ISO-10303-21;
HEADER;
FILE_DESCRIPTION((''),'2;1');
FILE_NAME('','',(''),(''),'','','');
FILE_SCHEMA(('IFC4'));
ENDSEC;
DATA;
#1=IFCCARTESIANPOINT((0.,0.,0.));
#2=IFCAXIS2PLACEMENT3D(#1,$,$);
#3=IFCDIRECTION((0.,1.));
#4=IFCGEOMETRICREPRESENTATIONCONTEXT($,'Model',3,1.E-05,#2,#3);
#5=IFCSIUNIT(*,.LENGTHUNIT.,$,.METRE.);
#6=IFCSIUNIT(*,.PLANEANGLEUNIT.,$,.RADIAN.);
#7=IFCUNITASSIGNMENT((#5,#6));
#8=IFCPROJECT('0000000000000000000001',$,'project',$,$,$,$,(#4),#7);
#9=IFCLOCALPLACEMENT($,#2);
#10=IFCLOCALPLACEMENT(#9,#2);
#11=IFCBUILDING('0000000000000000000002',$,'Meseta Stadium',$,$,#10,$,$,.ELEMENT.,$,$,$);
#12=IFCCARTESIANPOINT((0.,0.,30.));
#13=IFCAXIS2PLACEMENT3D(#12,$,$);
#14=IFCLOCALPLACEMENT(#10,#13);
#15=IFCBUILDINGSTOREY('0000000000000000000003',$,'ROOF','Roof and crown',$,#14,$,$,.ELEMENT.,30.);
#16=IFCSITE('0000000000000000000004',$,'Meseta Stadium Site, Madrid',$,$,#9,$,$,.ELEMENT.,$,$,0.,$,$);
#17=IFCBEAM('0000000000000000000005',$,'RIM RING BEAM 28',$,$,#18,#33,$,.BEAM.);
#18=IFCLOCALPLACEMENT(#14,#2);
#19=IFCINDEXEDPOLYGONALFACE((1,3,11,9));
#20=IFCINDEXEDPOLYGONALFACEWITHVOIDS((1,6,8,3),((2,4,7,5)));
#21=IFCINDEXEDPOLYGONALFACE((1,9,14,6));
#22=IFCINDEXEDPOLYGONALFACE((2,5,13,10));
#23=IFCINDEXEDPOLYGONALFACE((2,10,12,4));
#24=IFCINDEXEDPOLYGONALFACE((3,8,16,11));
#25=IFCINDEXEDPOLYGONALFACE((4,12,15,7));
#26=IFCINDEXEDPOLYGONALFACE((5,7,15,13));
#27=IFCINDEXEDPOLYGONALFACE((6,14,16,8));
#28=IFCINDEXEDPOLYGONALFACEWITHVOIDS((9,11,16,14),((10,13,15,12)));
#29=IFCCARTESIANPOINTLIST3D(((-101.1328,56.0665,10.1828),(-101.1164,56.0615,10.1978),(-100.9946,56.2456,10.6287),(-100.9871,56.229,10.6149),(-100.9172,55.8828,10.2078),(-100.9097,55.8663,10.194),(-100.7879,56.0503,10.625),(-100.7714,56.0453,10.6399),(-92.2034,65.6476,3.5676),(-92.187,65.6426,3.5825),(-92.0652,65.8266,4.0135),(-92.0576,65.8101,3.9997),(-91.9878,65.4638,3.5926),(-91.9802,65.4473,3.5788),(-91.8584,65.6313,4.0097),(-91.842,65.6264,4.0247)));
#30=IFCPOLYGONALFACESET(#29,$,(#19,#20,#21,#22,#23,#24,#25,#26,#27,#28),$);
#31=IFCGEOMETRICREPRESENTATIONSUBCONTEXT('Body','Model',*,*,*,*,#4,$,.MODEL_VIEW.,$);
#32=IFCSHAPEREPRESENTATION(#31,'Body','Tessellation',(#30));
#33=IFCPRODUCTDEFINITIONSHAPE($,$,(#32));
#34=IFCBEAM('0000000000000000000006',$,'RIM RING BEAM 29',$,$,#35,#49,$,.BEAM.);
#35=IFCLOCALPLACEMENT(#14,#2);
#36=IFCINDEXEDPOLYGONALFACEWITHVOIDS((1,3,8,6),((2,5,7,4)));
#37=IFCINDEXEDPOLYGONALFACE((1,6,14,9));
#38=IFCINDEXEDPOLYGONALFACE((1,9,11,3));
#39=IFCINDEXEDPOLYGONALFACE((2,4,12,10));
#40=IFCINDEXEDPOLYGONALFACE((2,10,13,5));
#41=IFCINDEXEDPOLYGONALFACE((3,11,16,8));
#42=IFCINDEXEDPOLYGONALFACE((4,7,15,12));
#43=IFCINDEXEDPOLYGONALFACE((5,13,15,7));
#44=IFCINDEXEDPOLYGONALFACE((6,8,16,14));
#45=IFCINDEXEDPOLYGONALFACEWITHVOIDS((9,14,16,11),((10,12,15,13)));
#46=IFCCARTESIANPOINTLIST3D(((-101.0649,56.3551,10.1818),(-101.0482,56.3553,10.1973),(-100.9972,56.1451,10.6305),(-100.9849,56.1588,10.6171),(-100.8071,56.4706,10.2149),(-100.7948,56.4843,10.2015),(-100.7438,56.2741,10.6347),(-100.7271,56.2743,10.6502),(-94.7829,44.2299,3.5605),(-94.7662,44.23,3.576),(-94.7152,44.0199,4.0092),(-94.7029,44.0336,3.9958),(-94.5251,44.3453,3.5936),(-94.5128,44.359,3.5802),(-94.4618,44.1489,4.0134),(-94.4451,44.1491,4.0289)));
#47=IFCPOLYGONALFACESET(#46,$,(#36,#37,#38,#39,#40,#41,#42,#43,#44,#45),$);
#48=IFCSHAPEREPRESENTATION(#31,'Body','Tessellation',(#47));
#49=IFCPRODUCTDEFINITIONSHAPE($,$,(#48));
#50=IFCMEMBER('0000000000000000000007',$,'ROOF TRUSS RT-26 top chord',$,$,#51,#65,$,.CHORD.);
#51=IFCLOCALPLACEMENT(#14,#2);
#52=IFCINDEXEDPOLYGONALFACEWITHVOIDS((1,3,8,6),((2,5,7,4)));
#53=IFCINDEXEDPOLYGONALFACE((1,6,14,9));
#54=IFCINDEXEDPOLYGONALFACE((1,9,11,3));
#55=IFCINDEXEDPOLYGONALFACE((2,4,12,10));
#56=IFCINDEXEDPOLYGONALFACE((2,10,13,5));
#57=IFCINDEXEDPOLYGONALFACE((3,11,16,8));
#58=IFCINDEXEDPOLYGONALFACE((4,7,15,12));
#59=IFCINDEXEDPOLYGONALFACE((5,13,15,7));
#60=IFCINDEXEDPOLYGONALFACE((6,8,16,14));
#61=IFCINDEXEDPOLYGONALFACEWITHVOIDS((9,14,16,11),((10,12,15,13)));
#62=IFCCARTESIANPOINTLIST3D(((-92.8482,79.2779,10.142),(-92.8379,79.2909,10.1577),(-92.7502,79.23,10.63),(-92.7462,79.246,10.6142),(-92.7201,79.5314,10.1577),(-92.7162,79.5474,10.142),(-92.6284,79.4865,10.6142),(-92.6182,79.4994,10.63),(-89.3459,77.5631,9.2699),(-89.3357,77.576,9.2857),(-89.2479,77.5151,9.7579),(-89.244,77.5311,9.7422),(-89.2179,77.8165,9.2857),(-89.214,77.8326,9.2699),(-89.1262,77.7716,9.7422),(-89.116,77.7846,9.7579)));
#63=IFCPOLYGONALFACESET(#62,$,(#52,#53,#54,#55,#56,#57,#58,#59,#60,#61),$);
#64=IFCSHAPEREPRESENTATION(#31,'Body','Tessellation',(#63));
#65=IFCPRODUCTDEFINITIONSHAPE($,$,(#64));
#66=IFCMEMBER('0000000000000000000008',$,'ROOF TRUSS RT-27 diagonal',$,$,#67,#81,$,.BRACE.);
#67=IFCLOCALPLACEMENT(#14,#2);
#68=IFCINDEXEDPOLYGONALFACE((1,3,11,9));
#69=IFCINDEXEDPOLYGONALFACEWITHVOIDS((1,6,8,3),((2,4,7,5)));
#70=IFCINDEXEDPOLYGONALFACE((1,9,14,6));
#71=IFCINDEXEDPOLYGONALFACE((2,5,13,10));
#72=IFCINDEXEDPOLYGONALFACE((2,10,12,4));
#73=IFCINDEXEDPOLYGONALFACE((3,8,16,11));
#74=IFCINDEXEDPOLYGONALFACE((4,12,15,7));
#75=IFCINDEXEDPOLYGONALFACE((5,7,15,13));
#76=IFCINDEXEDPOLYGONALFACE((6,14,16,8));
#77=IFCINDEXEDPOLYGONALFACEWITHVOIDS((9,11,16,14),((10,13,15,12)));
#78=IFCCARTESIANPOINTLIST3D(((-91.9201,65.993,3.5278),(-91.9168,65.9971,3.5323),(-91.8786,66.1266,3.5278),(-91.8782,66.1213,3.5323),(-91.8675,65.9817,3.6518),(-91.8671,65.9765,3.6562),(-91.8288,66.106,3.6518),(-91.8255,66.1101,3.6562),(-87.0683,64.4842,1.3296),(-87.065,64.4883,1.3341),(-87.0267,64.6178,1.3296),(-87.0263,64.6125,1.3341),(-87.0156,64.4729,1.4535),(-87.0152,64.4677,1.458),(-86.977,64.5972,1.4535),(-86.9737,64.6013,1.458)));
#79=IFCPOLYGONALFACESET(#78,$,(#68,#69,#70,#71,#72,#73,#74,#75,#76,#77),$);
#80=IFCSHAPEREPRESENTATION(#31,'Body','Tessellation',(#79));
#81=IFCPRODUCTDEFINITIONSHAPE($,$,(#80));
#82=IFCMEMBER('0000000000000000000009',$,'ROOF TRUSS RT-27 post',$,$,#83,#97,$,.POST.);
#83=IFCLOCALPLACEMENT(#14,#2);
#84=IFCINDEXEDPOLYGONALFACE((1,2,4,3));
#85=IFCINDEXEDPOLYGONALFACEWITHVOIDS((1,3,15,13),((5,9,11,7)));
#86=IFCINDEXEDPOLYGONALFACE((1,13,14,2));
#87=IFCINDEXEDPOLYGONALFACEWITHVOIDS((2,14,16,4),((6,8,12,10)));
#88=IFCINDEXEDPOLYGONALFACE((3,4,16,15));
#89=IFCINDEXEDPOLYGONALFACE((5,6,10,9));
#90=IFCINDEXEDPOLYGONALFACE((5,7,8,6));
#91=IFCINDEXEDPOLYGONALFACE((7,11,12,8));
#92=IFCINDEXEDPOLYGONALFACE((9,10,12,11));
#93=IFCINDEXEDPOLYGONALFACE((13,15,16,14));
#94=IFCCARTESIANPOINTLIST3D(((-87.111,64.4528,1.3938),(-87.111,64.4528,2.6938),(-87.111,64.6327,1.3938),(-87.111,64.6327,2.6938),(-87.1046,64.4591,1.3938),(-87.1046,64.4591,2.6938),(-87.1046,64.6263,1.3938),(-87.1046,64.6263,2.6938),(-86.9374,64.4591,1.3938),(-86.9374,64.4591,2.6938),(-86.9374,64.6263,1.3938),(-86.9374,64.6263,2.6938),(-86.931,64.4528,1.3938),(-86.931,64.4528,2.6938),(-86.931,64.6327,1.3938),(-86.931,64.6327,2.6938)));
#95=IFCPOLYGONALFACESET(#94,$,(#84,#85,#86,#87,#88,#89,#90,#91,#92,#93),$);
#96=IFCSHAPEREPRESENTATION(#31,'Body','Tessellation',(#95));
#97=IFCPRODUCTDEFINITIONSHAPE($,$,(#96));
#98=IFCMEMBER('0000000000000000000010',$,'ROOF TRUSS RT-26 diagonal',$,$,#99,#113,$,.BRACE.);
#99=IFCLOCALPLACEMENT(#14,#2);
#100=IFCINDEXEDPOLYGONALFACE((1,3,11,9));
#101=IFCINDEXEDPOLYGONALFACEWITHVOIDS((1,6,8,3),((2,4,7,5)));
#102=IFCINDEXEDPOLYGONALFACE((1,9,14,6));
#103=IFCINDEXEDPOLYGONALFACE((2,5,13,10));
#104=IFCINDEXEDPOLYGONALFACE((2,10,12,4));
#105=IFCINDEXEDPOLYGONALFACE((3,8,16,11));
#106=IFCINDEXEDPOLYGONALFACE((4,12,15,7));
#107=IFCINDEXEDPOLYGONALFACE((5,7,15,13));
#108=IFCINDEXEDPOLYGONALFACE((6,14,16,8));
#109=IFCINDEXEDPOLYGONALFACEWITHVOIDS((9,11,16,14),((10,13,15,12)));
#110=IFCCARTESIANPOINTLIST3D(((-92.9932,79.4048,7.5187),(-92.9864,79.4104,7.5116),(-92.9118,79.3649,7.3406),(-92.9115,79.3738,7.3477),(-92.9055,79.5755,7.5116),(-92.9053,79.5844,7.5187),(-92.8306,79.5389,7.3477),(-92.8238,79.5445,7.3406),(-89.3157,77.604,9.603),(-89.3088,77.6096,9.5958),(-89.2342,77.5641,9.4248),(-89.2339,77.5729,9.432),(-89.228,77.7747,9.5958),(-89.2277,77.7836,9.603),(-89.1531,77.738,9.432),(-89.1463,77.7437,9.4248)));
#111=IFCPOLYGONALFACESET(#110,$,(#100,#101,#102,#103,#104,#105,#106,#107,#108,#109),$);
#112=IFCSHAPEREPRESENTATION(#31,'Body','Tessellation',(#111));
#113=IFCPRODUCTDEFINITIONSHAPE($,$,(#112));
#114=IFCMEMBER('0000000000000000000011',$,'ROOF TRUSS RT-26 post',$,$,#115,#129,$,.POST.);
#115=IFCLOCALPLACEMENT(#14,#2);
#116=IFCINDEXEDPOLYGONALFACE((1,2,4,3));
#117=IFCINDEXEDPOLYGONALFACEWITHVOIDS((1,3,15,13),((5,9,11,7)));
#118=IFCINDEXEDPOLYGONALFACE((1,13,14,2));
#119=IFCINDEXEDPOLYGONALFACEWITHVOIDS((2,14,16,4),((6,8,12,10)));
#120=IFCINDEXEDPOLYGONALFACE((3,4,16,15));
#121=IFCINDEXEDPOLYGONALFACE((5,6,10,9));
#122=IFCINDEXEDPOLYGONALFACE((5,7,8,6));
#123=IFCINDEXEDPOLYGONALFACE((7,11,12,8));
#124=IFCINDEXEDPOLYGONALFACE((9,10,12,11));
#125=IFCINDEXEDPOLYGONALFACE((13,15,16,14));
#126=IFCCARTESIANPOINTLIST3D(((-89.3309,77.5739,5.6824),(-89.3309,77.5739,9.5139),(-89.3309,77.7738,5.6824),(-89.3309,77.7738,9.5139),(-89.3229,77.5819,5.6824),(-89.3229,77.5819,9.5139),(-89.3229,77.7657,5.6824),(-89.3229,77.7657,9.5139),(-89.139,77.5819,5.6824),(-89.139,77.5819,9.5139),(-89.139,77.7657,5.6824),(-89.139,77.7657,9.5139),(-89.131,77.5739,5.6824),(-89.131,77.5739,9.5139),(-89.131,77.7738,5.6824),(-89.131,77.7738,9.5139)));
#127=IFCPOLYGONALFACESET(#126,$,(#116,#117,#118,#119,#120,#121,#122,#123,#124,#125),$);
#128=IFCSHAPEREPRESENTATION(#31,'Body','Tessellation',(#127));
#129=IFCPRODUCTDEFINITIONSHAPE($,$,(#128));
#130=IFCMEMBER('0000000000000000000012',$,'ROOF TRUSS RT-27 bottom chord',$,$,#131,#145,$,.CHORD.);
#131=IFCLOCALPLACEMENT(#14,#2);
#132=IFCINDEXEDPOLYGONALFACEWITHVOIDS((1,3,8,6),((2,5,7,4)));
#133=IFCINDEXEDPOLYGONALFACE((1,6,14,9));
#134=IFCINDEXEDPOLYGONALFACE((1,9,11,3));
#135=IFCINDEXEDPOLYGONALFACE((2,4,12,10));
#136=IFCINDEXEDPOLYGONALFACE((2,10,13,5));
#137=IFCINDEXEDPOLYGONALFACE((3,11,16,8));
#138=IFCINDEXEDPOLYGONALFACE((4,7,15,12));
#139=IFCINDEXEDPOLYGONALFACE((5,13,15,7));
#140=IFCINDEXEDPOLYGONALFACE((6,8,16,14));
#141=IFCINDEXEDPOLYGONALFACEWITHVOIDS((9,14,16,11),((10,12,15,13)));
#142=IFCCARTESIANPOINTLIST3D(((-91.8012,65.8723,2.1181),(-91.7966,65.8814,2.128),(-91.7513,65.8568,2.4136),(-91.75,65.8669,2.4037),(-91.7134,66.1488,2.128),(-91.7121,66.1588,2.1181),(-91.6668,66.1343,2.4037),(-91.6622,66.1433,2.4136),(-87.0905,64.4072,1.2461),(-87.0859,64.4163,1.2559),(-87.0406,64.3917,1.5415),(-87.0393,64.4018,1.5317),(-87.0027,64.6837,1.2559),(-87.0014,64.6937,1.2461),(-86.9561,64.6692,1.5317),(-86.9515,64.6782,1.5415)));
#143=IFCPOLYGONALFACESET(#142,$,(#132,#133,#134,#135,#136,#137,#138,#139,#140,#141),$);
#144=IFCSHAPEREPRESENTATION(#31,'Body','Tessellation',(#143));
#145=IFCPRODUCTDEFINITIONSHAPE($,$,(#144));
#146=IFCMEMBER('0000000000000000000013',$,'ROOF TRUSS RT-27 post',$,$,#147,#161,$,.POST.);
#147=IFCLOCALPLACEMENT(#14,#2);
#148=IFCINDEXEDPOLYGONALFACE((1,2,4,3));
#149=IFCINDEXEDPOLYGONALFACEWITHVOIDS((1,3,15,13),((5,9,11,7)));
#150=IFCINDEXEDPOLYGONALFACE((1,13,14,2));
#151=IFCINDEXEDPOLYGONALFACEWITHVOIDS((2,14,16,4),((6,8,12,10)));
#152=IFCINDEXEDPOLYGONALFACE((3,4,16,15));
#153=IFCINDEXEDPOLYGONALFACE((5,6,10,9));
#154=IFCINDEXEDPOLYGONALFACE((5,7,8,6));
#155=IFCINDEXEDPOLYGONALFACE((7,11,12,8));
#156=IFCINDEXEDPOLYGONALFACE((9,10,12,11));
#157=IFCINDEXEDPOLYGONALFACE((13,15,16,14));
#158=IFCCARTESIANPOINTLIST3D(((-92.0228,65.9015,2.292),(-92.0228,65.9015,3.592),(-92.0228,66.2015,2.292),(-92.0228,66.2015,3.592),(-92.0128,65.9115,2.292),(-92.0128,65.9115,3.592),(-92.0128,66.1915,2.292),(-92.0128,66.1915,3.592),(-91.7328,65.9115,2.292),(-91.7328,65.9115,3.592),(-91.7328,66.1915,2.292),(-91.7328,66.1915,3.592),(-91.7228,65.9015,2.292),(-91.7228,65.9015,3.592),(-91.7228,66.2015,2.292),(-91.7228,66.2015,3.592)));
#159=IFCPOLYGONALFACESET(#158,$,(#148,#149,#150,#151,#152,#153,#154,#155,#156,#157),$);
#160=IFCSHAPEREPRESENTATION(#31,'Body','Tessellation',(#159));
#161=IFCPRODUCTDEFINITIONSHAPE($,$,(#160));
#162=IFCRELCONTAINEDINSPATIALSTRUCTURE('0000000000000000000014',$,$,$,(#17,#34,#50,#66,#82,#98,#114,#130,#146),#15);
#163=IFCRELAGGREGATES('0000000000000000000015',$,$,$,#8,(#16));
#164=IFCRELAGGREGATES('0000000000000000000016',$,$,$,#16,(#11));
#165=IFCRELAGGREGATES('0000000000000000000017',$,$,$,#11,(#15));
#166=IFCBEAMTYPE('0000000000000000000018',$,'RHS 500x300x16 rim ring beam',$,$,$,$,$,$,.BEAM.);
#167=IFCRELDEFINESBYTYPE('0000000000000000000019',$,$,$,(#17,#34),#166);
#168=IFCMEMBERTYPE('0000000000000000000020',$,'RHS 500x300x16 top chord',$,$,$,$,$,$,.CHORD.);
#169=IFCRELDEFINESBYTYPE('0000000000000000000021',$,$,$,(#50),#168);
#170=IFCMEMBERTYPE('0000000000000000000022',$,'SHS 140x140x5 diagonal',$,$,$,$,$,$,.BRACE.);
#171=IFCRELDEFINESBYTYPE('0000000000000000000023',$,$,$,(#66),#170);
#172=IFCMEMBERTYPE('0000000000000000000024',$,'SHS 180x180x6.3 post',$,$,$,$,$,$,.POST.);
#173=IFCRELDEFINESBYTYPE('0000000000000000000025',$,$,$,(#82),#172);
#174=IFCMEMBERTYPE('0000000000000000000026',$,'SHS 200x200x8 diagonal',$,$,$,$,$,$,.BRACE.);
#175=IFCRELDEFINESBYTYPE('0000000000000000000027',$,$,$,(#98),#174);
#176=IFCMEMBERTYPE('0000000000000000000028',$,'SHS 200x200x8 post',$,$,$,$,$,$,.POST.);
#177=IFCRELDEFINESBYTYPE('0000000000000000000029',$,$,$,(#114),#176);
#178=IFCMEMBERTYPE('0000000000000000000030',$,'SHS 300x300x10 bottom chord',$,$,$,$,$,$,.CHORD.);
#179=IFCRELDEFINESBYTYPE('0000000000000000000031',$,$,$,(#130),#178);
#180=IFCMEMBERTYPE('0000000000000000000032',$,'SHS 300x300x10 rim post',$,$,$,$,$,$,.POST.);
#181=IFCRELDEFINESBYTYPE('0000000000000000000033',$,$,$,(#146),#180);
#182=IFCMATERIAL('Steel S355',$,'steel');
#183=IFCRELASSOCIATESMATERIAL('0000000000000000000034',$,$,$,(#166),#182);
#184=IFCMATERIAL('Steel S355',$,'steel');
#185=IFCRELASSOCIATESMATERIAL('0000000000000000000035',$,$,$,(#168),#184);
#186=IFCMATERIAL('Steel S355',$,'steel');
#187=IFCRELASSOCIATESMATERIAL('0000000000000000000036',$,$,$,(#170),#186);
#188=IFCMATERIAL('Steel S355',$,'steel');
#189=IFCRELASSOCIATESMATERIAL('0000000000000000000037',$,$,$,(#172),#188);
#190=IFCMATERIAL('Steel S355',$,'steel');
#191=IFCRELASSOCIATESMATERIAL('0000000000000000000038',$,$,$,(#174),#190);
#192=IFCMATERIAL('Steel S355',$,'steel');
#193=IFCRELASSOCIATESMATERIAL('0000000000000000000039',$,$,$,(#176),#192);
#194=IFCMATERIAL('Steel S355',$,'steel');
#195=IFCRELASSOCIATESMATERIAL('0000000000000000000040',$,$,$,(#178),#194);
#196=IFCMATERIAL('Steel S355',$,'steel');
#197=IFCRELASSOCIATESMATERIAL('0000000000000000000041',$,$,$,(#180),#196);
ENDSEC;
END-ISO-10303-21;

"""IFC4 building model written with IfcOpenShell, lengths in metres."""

from ifc_helpers import new_model, si_unit, direction, frame, origin, origin_2d, place, context, subcontext, project, spatial, hollow_rectangle, extrude, material, material_profile, profile_set, type_object, element, save


model = new_model("IFC4")

# Units and contexts
model_context = context("Model", 3, precision=1e-05, world=origin(), true_north=direction((0.0, 1.0)))
body_context = subcontext(model_context, "Body", "Model", "MODEL_VIEW")
ifc_project = project(units=[si_unit("LENGTHUNIT", "METRE"), si_unit("PLANEANGLEUNIT", "RADIAN")], contexts=[model_context])

# Site, building, storey
site_placement = place(None, origin())
site = spatial("IfcSite", under=ifc_project, at=site_placement, Name="Meseta Stadium Site, Madrid", CompositionType="ELEMENT", RefElevation=0.0)
building_placement = place(site_placement, origin())
building = spatial("IfcBuilding", under=site, at=building_placement, Name="Meseta Stadium", CompositionType="ELEMENT")
storey_placement = place(building_placement, frame((0.0, 0.0, 30.0)))
storey = spatial("IfcBuildingStorey", under=building, at=storey_placement, Name="ROOF", Description="Roof and crown", CompositionType="ELEMENT", Elevation=30.0)

# Beams
ifc_material_1 = material(Name="Steel S355", Category="steel")
ifc_material_profile_1 = material_profile(ifc_material_1, hollow_rectangle(XDim=0.3, YDim=0.5, WallThickness=0.0161, at=origin_2d()), Name="RHS 500x300x16")
ifc_profile_set_1 = profile_set([ifc_material_profile_1], Name="Steel S355")
beam_type = type_object("IfcBeamType", Name="RHS 500x300x16 rim ring beam", PredefinedType="BEAM", material=ifc_profile_set_1)
beam_1_placement = place(storey_placement, frame((-92.0227, 65.637, 3.7961), z_axis=(-0.608569, -0.652978, 0.450848), x_axis=(0.743784, -0.667373, 0.037405)))
element("IfcBeam", 1, at=beam_1_placement, inside=storey, type_object=beam_type, Name="RIM RING BEAM 28", PredefinedType="BEAM", context=body_context, shape_type="SweptSolid", body=[
    extrude(hollow_rectangle(XDim=0.3, YDim=0.5, WallThickness=0.0161, at=origin_2d()), origin(), (0.0, 0.0, 1.0), 14.6729),
])
beam_2_placement = place(storey_placement, frame((-100.896, 56.3147, 10.416), z_axis=(0.413928, -0.798947, -0.436288), x_axis=(0.900185, 0.430531, 0.065645)))
element("IfcBeam", 2, at=beam_2_placement, inside=storey, type_object=beam_type, Name="RIM RING BEAM 29", PredefinedType="BEAM", context=body_context, shape_type="SweptSolid", body=[
    extrude(hollow_rectangle(XDim=0.3, YDim=0.5, WallThickness=0.0161, at=origin_2d()), origin(), (0.0, 0.0, 1.0), 15.1765),
])

# Members
ifc_material_2 = material(Name="Steel S355", Category="steel")
ifc_material_profile_2 = material_profile(ifc_material_2, hollow_rectangle(XDim=0.3, YDim=0.5, WallThickness=0.0161, at=origin_2d()), Name="RHS 500x300x16")
ifc_profile_set_2 = profile_set([ifc_material_profile_2], Name="Steel S355")
member_type_1 = type_object("IfcMemberType", Name="RHS 500x300x16 top chord", PredefinedType="CHORD", material=ifc_profile_set_2)
member_1_placement = place(storey_placement, frame((-89.231, 77.6738, 9.5139), z_axis=(-0.876465, 0.429159, 0.218246), x_axis=(-0.43976, -0.898115, 0.0)))
element("IfcMember", 3, at=member_1_placement, inside=storey, type_object=member_type_1, Name="ROOF TRUSS RT-26 top chord", PredefinedType="CHORD", context=body_context, shape_type="SweptSolid", body=[
    extrude(hollow_rectangle(XDim=0.3, YDim=0.5, WallThickness=0.0161, at=origin_2d()), origin(), (0.0, 0.0, 1.0), 3.9958),
])
ifc_material_3 = material(Name="Steel S355", Category="steel")
ifc_material_profile_3 = material_profile(ifc_material_3, hollow_rectangle(XDim=0.1399, YDim=0.1399, WallThickness=0.0049, at=origin_2d()), Name="SHS 140x140x5")
ifc_profile_set_3 = profile_set([ifc_material_profile_3], Name="Steel S355")
member_type_2 = type_object("IfcMemberType", Name="SHS 140x140x5 diagonal", PredefinedType="BRACE", material=ifc_profile_set_3)
member_2_placement = place(storey_placement, frame((-87.021, 64.5427, 1.3938), z_axis=(-0.87639, 0.272535, 0.397072), x_axis=(-0.296948, -0.954894, 0.0)))
element("IfcMember", 4, at=member_2_placement, inside=storey, type_object=member_type_2, Name="ROOF TRUSS RT-27 diagonal", PredefinedType="BRACE", context=body_context, shape_type="SweptSolid", body=[
    extrude(hollow_rectangle(XDim=0.1399, YDim=0.1399, WallThickness=0.0049, at=origin_2d()), origin(), (0.0, 0.0, 1.0), 5.5361),
])
ifc_material_4 = material(Name="Steel S355", Category="steel")
ifc_material_profile_4 = material_profile(ifc_material_4, hollow_rectangle(XDim=0.1799, YDim=0.1799, WallThickness=0.0063, at=origin_2d()), Name="SHS 180x180x6.3")
ifc_profile_set_4 = profile_set([ifc_material_profile_4], Name="Steel S355")
member_type_3 = type_object("IfcMemberType", Name="SHS 180x180x6.3 post", PredefinedType="POST", material=ifc_profile_set_4)
member_3_placement = place(storey_placement, frame((-87.021, 64.5427, 1.3938), z_axis=(0.0, 0.0, 1.0), x_axis=(1.0, 0.0, 0.0)))
element("IfcMember", 5, at=member_3_placement, inside=storey, type_object=member_type_3, Name="ROOF TRUSS RT-27 post", PredefinedType="POST", context=body_context, shape_type="SweptSolid", body=[
    extrude(hollow_rectangle(XDim=0.1799, YDim=0.1799, WallThickness=0.0063, at=origin_2d()), origin(), (0.0, 0.0, 1.0), 1.3),
])
ifc_material_5 = material(Name="Steel S355", Category="steel")
ifc_material_profile_5 = material_profile(ifc_material_5, hollow_rectangle(XDim=0.2, YDim=0.2, WallThickness=0.0081, at=origin_2d()), Name="SHS 200x200x8")
ifc_profile_set_5 = profile_set([ifc_material_profile_5], Name="Steel S355")
member_type_4 = type_object("IfcMemberType", Name="SHS 200x200x8 diagonal", PredefinedType="BRACE", material=ifc_profile_set_5)
member_4_placement = place(storey_placement, frame((-89.231, 77.6738, 9.5139), z_axis=(-0.800386, 0.391931, -0.453621), x_axis=(-0.439781, -0.898105, 0.0)))
element("IfcMember", 6, at=member_4_placement, inside=storey, type_object=member_type_4, Name="ROOF TRUSS RT-26 diagonal", PredefinedType="BRACE", context=body_context, shape_type="SweptSolid", body=[
    extrude(hollow_rectangle(XDim=0.2, YDim=0.2, WallThickness=0.0081, at=origin_2d()), origin(), (0.0, 0.0, 1.0), 4.5947),
])
ifc_material_6 = material(Name="Steel S355", Category="steel")
ifc_material_profile_6 = material_profile(ifc_material_6, hollow_rectangle(XDim=0.2, YDim=0.2, WallThickness=0.0081, at=origin_2d()), Name="SHS 200x200x8")
ifc_profile_set_6 = profile_set([ifc_material_profile_6], Name="Steel S355")
member_type_5 = type_object("IfcMemberType", Name="SHS 200x200x8 post", PredefinedType="POST", material=ifc_profile_set_6)
member_5_placement = place(storey_placement, frame((-89.231, 77.6738, 5.6824), z_axis=(0.0, 0.0, 1.0), x_axis=(1.0, 0.0, 0.0)))
element("IfcMember", 7, at=member_5_placement, inside=storey, type_object=member_type_5, Name="ROOF TRUSS RT-26 post", PredefinedType="POST", context=body_context, shape_type="SweptSolid", body=[
    extrude(hollow_rectangle(XDim=0.2, YDim=0.2, WallThickness=0.0081, at=origin_2d()), origin(), (0.0, 0.0, 1.0), 3.8315),
])
ifc_material_7 = material(Name="Steel S355", Category="steel")
ifc_material_profile_7 = material_profile(ifc_material_7, hollow_rectangle(XDim=0.3, YDim=0.3, WallThickness=0.01, at=origin_2d()), Name="SHS 300x300x10")
ifc_profile_set_7 = profile_set([ifc_material_profile_7], Name="Steel S355")
member_type_6 = type_object("IfcMemberType", Name="SHS 300x300x10 bottom chord", PredefinedType="CHORD", material=ifc_profile_set_7)
member_6_placement = place(storey_placement, frame((-87.021, 64.5427, 1.3938), z_axis=(-0.940305, 0.292447, 0.174075), x_axis=(-0.296981, -0.954883, 0.0)))
element("IfcMember", 8, at=member_6_placement, inside=storey, type_object=member_type_6, Name="ROOF TRUSS RT-27 bottom chord", PredefinedType="CHORD", context=body_context, shape_type="SweptSolid", body=[
    extrude(hollow_rectangle(XDim=0.3, YDim=0.3, WallThickness=0.01, at=origin_2d()), origin(), (0.0, 0.0, 1.0), 5.0098),
])
ifc_material_8 = material(Name="Steel S355", Category="steel")
ifc_material_profile_8 = material_profile(ifc_material_8, hollow_rectangle(XDim=0.3, YDim=0.3, WallThickness=0.01, at=origin_2d()), Name="SHS 300x300x10")
ifc_profile_set_8 = profile_set([ifc_material_profile_8], Name="Steel S355")
member_type_7 = type_object("IfcMemberType", Name="SHS 300x300x10 rim post", PredefinedType="POST", material=ifc_profile_set_8)
member_7_placement = place(storey_placement, frame((-91.8728, 66.0515, 2.292), z_axis=(0.0, 0.0, 1.0), x_axis=(1.0, 0.0, 0.0)))
element("IfcMember", 9, at=member_7_placement, inside=storey, type_object=member_type_7, Name="ROOF TRUSS RT-27 post", PredefinedType="POST", context=body_context, shape_type="SweptSolid", body=[
    extrude(hollow_rectangle(XDim=0.3, YDim=0.3, WallThickness=0.01, at=origin_2d()), origin(), (0.0, 0.0, 1.0), 1.3),
])

save(model, "model.ifc")
